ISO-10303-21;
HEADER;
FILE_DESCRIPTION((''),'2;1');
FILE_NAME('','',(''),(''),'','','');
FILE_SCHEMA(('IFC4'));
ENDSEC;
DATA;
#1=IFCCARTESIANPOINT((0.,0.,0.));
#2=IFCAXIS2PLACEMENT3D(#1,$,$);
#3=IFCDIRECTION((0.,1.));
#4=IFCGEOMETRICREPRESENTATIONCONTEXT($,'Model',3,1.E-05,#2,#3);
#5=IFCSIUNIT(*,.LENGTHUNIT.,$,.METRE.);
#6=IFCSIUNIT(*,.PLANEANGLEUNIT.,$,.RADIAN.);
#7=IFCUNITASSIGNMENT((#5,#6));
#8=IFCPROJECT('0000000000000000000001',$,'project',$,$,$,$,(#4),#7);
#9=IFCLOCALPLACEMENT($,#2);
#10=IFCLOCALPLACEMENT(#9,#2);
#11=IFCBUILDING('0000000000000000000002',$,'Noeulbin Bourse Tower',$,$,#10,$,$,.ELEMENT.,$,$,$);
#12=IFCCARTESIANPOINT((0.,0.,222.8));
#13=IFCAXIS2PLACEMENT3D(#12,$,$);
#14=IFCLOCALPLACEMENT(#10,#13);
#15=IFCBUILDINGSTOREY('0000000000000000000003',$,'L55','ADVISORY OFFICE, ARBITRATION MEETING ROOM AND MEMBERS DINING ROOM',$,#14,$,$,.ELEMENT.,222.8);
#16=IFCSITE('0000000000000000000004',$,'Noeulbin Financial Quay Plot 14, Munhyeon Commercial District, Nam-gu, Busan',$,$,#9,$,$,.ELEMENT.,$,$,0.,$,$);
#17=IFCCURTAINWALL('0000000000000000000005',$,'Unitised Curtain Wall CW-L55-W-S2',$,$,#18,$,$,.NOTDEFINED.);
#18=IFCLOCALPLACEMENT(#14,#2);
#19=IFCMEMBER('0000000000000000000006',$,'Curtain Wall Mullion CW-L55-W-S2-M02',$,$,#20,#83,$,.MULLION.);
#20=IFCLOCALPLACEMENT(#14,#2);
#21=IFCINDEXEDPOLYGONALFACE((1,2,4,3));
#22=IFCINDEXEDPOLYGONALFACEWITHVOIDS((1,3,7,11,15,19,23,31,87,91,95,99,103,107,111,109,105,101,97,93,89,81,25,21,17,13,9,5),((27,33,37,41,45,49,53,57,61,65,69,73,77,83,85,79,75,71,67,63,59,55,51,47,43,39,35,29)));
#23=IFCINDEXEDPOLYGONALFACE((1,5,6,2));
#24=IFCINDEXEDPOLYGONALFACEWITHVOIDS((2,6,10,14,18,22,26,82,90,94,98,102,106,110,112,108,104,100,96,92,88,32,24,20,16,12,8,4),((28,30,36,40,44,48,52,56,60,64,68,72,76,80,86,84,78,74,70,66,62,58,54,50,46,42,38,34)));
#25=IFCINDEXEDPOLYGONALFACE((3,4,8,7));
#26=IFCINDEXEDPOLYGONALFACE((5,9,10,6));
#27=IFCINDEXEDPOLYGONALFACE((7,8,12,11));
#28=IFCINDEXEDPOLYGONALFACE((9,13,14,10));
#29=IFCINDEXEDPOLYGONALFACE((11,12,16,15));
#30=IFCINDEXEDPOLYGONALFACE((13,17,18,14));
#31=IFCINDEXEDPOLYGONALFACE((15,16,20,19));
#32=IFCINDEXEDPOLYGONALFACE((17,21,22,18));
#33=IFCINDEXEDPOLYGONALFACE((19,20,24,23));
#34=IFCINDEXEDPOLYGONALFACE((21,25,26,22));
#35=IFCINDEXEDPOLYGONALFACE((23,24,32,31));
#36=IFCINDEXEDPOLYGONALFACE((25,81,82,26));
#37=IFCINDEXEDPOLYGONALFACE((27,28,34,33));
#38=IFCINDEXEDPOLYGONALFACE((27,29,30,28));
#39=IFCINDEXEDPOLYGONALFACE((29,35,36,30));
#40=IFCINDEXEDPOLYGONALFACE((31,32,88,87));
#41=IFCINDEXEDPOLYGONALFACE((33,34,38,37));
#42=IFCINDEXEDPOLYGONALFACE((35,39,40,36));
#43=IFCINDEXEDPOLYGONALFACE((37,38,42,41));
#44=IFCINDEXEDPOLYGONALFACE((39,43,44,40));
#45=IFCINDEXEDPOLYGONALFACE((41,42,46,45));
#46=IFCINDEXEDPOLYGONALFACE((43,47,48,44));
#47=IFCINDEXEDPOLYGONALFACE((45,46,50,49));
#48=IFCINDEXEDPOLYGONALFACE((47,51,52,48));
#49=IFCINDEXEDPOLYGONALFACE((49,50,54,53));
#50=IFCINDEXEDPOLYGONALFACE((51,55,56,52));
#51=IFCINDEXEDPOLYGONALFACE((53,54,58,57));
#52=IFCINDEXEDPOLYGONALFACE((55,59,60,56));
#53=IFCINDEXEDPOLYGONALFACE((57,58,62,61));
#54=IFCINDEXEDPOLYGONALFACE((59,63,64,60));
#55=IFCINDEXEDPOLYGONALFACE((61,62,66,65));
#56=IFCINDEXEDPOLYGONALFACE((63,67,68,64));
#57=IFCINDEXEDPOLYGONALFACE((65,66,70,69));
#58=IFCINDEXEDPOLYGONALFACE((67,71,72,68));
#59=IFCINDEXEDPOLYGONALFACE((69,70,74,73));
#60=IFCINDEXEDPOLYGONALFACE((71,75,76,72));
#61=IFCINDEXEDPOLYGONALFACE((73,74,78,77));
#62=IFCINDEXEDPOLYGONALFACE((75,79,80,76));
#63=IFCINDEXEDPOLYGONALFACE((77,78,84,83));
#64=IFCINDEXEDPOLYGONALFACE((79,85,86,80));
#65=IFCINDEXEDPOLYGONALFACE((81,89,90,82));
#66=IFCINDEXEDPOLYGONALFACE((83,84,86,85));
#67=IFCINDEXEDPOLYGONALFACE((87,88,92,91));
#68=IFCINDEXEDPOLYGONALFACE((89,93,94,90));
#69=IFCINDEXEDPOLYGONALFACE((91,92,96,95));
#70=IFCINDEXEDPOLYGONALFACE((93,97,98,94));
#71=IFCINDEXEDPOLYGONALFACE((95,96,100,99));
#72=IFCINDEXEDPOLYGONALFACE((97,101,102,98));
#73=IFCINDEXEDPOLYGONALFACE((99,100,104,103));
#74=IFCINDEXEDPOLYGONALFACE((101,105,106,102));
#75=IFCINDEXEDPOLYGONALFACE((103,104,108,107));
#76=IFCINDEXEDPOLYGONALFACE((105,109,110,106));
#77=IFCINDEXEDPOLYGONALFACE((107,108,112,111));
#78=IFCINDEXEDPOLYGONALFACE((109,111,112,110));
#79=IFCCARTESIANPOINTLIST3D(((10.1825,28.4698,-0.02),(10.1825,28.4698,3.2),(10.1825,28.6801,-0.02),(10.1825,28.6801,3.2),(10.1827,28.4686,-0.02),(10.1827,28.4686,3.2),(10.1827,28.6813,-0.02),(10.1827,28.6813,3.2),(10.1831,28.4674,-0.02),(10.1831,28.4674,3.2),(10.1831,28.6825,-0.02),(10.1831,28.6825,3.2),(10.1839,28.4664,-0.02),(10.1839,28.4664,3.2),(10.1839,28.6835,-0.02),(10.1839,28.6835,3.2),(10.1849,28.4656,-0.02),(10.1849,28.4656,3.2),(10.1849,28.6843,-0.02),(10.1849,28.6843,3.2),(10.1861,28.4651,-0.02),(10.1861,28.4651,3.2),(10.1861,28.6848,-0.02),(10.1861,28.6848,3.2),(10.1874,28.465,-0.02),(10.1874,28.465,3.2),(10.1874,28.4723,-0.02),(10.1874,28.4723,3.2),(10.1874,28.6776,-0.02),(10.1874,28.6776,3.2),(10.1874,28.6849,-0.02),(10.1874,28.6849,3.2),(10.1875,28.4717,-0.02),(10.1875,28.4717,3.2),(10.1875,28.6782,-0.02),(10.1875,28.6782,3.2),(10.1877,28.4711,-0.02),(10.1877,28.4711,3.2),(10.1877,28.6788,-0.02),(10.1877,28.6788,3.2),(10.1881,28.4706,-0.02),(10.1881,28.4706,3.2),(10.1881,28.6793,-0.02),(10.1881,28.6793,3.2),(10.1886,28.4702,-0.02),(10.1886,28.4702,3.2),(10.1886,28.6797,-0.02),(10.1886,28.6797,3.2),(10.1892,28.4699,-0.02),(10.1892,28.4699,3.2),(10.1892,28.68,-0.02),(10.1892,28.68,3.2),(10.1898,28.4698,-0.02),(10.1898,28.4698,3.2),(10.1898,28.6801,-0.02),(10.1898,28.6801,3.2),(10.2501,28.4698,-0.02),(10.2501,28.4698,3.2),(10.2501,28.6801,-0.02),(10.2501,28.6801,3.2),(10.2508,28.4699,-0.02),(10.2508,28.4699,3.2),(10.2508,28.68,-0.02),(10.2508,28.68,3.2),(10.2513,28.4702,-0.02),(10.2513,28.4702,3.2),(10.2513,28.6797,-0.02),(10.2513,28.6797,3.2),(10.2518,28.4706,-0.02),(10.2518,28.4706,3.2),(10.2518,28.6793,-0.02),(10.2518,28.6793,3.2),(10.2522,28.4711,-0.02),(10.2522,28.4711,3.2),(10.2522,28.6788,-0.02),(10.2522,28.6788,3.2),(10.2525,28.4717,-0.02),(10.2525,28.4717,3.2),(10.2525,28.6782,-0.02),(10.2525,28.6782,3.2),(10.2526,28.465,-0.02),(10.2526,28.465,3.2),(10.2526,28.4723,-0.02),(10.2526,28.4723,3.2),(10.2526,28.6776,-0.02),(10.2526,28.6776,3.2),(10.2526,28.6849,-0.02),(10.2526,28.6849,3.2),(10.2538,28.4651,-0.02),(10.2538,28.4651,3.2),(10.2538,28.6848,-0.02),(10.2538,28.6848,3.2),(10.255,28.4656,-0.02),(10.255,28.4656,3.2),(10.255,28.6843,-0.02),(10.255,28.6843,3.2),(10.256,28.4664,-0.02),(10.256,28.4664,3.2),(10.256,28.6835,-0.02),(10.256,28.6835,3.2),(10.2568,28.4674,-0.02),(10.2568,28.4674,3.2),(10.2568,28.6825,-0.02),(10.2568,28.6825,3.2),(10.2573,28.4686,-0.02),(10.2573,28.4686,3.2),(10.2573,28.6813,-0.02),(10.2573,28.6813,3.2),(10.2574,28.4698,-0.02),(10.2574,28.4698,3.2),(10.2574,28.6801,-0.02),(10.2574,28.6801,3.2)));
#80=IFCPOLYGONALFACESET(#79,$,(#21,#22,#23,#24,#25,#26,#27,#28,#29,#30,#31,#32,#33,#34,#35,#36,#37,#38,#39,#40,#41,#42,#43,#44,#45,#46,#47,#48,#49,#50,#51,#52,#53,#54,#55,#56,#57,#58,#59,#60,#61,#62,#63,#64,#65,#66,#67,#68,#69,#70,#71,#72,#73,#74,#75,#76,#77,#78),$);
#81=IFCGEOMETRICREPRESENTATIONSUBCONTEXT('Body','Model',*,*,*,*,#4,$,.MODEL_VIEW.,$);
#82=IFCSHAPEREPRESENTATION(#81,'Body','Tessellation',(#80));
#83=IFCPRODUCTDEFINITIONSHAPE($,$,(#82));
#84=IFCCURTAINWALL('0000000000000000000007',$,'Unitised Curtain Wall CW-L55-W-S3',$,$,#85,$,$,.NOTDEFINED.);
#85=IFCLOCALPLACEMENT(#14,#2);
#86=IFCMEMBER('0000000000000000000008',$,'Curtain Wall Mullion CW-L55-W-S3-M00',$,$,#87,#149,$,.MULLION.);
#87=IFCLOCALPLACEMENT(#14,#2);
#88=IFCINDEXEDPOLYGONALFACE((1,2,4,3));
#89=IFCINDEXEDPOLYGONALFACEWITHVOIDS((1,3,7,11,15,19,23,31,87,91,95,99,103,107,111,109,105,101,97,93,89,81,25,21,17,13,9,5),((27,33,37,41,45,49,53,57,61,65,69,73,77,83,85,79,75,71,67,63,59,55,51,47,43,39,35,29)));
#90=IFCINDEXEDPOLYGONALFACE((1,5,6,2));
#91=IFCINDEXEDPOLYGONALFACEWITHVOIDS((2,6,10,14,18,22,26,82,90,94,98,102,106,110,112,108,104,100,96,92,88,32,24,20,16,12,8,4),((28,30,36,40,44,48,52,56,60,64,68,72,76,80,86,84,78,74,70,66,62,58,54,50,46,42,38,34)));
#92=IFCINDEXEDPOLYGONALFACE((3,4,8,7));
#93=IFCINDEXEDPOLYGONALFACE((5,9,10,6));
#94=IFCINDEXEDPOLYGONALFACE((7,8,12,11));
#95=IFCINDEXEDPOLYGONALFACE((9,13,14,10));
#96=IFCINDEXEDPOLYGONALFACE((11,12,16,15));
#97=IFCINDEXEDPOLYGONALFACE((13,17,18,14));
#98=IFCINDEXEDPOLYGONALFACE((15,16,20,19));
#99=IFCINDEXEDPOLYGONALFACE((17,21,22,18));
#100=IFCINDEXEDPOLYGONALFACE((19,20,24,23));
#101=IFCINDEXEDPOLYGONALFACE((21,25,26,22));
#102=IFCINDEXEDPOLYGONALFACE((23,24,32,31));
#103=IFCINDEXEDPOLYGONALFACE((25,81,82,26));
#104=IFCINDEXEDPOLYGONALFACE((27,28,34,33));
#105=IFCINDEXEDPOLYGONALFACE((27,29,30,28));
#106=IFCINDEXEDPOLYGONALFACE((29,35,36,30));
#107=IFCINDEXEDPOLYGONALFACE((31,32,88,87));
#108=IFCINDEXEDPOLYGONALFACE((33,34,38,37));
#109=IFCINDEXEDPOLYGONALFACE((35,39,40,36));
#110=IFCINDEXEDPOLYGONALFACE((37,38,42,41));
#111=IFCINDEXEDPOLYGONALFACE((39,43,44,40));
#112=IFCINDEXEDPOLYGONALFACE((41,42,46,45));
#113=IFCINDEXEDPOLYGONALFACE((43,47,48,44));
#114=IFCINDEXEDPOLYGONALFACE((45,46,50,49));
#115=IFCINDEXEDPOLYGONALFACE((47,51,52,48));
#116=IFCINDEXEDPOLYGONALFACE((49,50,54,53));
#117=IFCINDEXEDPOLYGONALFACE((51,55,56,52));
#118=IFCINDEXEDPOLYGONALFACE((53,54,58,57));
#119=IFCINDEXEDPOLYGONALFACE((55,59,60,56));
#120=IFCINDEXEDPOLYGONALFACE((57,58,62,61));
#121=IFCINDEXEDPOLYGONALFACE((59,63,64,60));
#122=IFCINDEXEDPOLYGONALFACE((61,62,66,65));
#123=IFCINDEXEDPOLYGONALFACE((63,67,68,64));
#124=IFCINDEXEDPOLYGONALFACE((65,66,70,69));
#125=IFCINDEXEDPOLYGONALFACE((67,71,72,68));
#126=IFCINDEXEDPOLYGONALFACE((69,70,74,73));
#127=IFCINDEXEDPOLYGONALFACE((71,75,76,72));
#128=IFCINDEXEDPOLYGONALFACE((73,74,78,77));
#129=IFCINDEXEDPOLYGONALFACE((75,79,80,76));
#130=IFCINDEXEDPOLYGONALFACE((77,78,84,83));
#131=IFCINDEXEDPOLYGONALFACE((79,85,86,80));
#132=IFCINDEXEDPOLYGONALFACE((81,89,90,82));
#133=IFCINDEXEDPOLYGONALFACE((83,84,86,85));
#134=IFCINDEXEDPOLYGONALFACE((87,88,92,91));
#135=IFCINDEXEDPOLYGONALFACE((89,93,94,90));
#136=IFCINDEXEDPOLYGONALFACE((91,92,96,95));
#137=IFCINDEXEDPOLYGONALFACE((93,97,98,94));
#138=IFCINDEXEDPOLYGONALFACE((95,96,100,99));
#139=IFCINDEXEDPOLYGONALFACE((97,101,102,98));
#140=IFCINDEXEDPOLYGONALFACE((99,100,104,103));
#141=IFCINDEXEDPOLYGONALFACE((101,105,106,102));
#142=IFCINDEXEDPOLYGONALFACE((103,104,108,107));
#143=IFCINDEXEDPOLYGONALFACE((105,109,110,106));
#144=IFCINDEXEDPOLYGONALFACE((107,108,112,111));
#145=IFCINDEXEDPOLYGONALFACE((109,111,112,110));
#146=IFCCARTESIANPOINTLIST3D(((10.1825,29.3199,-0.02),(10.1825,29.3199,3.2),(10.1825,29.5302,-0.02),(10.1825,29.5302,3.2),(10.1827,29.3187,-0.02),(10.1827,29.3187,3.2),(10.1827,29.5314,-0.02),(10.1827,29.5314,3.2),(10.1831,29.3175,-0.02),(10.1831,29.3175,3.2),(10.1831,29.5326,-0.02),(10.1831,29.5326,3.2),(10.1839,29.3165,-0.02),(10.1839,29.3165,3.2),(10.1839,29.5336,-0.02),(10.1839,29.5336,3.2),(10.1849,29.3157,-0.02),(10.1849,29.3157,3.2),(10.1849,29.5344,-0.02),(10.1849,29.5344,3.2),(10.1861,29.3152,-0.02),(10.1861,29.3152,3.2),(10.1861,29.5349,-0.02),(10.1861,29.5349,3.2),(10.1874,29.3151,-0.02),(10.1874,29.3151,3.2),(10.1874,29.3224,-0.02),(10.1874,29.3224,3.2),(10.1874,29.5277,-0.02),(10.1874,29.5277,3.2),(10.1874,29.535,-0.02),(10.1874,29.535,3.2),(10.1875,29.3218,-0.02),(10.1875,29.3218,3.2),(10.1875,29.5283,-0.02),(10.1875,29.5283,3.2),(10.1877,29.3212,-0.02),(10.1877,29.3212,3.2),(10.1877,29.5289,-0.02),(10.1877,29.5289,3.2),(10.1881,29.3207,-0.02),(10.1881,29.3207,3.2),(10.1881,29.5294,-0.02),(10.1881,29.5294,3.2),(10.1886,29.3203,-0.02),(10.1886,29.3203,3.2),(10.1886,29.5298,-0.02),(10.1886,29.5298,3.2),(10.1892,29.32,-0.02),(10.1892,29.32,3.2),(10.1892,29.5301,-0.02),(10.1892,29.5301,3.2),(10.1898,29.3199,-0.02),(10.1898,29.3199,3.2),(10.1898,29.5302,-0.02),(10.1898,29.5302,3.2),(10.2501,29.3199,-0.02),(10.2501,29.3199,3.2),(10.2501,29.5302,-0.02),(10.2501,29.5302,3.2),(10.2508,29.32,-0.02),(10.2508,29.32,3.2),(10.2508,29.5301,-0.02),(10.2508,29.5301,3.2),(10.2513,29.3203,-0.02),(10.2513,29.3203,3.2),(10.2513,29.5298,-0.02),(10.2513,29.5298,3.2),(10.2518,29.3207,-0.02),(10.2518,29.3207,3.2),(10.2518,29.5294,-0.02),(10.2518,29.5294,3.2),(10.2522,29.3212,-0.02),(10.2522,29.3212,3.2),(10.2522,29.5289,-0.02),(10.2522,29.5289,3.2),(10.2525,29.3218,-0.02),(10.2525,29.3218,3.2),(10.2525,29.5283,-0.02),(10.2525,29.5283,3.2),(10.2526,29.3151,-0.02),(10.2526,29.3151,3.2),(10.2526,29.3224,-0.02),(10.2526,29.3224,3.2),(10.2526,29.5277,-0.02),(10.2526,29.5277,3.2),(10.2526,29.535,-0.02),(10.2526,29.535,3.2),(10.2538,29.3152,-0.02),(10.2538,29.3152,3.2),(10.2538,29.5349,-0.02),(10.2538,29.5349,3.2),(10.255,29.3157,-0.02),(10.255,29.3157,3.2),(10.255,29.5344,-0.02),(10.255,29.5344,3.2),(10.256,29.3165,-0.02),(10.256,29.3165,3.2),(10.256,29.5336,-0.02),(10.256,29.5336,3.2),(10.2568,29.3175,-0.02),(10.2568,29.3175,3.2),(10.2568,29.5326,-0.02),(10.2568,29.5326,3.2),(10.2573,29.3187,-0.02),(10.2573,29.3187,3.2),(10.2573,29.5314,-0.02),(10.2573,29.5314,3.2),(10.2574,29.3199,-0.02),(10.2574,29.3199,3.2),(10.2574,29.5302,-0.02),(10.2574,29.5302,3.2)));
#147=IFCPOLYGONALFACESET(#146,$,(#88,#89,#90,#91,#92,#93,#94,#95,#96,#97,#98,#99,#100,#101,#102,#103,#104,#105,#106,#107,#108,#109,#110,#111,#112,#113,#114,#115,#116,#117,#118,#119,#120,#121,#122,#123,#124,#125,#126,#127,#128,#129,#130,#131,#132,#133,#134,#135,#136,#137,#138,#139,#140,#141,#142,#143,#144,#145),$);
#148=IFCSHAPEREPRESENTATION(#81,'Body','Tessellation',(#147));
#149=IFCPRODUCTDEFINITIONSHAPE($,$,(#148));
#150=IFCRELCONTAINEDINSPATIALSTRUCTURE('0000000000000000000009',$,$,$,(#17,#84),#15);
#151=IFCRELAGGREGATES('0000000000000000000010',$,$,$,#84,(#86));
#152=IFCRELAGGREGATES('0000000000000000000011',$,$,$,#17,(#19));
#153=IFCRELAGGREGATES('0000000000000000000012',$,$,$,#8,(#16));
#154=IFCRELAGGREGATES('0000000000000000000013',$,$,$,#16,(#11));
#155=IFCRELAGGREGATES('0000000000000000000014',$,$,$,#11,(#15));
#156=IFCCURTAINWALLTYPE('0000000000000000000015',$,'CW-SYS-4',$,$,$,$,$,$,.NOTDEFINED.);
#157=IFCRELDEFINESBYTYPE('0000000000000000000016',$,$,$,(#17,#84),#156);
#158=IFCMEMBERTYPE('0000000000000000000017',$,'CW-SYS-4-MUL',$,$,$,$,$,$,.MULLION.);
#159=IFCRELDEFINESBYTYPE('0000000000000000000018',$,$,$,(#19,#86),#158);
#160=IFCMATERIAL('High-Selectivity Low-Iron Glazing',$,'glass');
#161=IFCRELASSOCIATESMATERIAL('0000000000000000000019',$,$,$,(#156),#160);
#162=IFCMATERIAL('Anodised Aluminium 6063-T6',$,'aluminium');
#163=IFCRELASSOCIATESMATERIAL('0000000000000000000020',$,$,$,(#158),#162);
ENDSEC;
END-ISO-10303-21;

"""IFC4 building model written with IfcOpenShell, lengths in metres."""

from ifc_helpers import new_model, si_unit, direction, frame, origin, origin_2d, place, context, subcontext, project, spatial, hollow_rectangle, extrude, material, material_profile, profile_set, type_object, element, aggregate, save


model = new_model("IFC4")

# Units and contexts
model_context = context("Model", 3, precision=1e-05, world=origin(), true_north=direction((0.0, 1.0)))
body_context = subcontext(model_context, "Body", "Model", "MODEL_VIEW")
ifc_project = project(units=[si_unit("LENGTHUNIT", "METRE"), si_unit("PLANEANGLEUNIT", "RADIAN")], contexts=[model_context])

# Site, building, storey
site_placement = place(None, origin())
site = spatial("IfcSite", under=ifc_project, at=site_placement, Name="Noeulbin Financial Quay Plot 14, Munhyeon Commercial District, Nam-gu, Busan", CompositionType="ELEMENT", RefElevation=0.0)
building_placement = place(site_placement, origin())
building = spatial("IfcBuilding", under=site, at=building_placement, Name="Noeulbin Bourse Tower", CompositionType="ELEMENT")
storey_placement = place(building_placement, frame((0.0, 0.0, 222.8)))
storey = spatial("IfcBuildingStorey", under=building, at=storey_placement, Name="L55", Description="ADVISORY OFFICE, ARBITRATION MEETING ROOM AND MEMBERS DINING ROOM", CompositionType="ELEMENT", Elevation=222.8)

# Curtain wall, member
ifc_material_1 = material(Name="High-Selectivity Low-Iron Glazing", Category="glass")
curtain_wall_type = type_object("IfcCurtainWallType", Name="CW-SYS-4", PredefinedType="NOTDEFINED", material=ifc_material_1)
curtain_wall_1_placement = place(storey_placement, origin())
curtain_wall_1 = element("IfcCurtainWall", 1, at=curtain_wall_1_placement, inside=storey, type_object=curtain_wall_type, Name="Unitised Curtain Wall CW-L55-W-S2", PredefinedType="NOTDEFINED")
ifc_material_2 = material(Name="Anodised Aluminium 6063-T6", Category="aluminium")
ifc_material_profile_1 = material_profile(ifc_material_2, hollow_rectangle(XDim=0.075, YDim=0.22, WallThickness=0.0049, InnerFilletRadius=0.0024, OuterFilletRadius=0.0049, at=origin_2d()), Name="ALU-MULL-75x220x5", Category="LoadBearing")
ifc_profile_set_1 = profile_set([ifc_material_profile_1], Name="Anodised Aluminium 6063-T6")
member_type_1 = type_object("IfcMemberType", Name="CW-SYS-4-MUL", PredefinedType="MULLION", material=ifc_profile_set_1)
member_1_placement = place(storey_placement, frame((10.22, 28.575, -0.02), z_axis=(0.0, 0.0, 1.0), x_axis=(1.0, 0.0, 0.0)))
member_1 = element("IfcMember", 2, at=member_1_placement, type_object=member_type_1, Name="Curtain Wall Mullion CW-L55-W-S2-M02", PredefinedType="MULLION", context=body_context, shape_type="SweptSolid", body=[
    extrude(hollow_rectangle(XDim=0.075, YDim=0.22, WallThickness=0.0049, InnerFilletRadius=0.0024, OuterFilletRadius=0.0049, at=origin_2d()), origin(), (0.0, 0.0, 1.0), 3.22),
])

# Curtain wall, member
curtain_wall_2_placement = place(storey_placement, origin())
curtain_wall_2 = element("IfcCurtainWall", 3, at=curtain_wall_2_placement, inside=storey, type_object=curtain_wall_type, Name="Unitised Curtain Wall CW-L55-W-S3", PredefinedType="NOTDEFINED")
member_2_placement = place(storey_placement, frame((10.22, 29.425, -0.02), z_axis=(0.0, 0.0, 1.0), x_axis=(1.0, 0.0, 0.0)))
member_2 = element("IfcMember", 4, at=member_2_placement, type_object=member_type_1, Name="Curtain Wall Mullion CW-L55-W-S3-M00", PredefinedType="MULLION", context=body_context, shape_type="SweptSolid", body=[
    extrude(hollow_rectangle(XDim=0.075, YDim=0.22, WallThickness=0.0049, InnerFilletRadius=0.0024, OuterFilletRadius=0.0049, at=origin_2d()), origin(), (0.0, 0.0, 1.0), 3.22),
])

aggregate(curtain_wall_2, [member_2])

aggregate(curtain_wall_1, [member_1])

save(model, "model.ifc")
